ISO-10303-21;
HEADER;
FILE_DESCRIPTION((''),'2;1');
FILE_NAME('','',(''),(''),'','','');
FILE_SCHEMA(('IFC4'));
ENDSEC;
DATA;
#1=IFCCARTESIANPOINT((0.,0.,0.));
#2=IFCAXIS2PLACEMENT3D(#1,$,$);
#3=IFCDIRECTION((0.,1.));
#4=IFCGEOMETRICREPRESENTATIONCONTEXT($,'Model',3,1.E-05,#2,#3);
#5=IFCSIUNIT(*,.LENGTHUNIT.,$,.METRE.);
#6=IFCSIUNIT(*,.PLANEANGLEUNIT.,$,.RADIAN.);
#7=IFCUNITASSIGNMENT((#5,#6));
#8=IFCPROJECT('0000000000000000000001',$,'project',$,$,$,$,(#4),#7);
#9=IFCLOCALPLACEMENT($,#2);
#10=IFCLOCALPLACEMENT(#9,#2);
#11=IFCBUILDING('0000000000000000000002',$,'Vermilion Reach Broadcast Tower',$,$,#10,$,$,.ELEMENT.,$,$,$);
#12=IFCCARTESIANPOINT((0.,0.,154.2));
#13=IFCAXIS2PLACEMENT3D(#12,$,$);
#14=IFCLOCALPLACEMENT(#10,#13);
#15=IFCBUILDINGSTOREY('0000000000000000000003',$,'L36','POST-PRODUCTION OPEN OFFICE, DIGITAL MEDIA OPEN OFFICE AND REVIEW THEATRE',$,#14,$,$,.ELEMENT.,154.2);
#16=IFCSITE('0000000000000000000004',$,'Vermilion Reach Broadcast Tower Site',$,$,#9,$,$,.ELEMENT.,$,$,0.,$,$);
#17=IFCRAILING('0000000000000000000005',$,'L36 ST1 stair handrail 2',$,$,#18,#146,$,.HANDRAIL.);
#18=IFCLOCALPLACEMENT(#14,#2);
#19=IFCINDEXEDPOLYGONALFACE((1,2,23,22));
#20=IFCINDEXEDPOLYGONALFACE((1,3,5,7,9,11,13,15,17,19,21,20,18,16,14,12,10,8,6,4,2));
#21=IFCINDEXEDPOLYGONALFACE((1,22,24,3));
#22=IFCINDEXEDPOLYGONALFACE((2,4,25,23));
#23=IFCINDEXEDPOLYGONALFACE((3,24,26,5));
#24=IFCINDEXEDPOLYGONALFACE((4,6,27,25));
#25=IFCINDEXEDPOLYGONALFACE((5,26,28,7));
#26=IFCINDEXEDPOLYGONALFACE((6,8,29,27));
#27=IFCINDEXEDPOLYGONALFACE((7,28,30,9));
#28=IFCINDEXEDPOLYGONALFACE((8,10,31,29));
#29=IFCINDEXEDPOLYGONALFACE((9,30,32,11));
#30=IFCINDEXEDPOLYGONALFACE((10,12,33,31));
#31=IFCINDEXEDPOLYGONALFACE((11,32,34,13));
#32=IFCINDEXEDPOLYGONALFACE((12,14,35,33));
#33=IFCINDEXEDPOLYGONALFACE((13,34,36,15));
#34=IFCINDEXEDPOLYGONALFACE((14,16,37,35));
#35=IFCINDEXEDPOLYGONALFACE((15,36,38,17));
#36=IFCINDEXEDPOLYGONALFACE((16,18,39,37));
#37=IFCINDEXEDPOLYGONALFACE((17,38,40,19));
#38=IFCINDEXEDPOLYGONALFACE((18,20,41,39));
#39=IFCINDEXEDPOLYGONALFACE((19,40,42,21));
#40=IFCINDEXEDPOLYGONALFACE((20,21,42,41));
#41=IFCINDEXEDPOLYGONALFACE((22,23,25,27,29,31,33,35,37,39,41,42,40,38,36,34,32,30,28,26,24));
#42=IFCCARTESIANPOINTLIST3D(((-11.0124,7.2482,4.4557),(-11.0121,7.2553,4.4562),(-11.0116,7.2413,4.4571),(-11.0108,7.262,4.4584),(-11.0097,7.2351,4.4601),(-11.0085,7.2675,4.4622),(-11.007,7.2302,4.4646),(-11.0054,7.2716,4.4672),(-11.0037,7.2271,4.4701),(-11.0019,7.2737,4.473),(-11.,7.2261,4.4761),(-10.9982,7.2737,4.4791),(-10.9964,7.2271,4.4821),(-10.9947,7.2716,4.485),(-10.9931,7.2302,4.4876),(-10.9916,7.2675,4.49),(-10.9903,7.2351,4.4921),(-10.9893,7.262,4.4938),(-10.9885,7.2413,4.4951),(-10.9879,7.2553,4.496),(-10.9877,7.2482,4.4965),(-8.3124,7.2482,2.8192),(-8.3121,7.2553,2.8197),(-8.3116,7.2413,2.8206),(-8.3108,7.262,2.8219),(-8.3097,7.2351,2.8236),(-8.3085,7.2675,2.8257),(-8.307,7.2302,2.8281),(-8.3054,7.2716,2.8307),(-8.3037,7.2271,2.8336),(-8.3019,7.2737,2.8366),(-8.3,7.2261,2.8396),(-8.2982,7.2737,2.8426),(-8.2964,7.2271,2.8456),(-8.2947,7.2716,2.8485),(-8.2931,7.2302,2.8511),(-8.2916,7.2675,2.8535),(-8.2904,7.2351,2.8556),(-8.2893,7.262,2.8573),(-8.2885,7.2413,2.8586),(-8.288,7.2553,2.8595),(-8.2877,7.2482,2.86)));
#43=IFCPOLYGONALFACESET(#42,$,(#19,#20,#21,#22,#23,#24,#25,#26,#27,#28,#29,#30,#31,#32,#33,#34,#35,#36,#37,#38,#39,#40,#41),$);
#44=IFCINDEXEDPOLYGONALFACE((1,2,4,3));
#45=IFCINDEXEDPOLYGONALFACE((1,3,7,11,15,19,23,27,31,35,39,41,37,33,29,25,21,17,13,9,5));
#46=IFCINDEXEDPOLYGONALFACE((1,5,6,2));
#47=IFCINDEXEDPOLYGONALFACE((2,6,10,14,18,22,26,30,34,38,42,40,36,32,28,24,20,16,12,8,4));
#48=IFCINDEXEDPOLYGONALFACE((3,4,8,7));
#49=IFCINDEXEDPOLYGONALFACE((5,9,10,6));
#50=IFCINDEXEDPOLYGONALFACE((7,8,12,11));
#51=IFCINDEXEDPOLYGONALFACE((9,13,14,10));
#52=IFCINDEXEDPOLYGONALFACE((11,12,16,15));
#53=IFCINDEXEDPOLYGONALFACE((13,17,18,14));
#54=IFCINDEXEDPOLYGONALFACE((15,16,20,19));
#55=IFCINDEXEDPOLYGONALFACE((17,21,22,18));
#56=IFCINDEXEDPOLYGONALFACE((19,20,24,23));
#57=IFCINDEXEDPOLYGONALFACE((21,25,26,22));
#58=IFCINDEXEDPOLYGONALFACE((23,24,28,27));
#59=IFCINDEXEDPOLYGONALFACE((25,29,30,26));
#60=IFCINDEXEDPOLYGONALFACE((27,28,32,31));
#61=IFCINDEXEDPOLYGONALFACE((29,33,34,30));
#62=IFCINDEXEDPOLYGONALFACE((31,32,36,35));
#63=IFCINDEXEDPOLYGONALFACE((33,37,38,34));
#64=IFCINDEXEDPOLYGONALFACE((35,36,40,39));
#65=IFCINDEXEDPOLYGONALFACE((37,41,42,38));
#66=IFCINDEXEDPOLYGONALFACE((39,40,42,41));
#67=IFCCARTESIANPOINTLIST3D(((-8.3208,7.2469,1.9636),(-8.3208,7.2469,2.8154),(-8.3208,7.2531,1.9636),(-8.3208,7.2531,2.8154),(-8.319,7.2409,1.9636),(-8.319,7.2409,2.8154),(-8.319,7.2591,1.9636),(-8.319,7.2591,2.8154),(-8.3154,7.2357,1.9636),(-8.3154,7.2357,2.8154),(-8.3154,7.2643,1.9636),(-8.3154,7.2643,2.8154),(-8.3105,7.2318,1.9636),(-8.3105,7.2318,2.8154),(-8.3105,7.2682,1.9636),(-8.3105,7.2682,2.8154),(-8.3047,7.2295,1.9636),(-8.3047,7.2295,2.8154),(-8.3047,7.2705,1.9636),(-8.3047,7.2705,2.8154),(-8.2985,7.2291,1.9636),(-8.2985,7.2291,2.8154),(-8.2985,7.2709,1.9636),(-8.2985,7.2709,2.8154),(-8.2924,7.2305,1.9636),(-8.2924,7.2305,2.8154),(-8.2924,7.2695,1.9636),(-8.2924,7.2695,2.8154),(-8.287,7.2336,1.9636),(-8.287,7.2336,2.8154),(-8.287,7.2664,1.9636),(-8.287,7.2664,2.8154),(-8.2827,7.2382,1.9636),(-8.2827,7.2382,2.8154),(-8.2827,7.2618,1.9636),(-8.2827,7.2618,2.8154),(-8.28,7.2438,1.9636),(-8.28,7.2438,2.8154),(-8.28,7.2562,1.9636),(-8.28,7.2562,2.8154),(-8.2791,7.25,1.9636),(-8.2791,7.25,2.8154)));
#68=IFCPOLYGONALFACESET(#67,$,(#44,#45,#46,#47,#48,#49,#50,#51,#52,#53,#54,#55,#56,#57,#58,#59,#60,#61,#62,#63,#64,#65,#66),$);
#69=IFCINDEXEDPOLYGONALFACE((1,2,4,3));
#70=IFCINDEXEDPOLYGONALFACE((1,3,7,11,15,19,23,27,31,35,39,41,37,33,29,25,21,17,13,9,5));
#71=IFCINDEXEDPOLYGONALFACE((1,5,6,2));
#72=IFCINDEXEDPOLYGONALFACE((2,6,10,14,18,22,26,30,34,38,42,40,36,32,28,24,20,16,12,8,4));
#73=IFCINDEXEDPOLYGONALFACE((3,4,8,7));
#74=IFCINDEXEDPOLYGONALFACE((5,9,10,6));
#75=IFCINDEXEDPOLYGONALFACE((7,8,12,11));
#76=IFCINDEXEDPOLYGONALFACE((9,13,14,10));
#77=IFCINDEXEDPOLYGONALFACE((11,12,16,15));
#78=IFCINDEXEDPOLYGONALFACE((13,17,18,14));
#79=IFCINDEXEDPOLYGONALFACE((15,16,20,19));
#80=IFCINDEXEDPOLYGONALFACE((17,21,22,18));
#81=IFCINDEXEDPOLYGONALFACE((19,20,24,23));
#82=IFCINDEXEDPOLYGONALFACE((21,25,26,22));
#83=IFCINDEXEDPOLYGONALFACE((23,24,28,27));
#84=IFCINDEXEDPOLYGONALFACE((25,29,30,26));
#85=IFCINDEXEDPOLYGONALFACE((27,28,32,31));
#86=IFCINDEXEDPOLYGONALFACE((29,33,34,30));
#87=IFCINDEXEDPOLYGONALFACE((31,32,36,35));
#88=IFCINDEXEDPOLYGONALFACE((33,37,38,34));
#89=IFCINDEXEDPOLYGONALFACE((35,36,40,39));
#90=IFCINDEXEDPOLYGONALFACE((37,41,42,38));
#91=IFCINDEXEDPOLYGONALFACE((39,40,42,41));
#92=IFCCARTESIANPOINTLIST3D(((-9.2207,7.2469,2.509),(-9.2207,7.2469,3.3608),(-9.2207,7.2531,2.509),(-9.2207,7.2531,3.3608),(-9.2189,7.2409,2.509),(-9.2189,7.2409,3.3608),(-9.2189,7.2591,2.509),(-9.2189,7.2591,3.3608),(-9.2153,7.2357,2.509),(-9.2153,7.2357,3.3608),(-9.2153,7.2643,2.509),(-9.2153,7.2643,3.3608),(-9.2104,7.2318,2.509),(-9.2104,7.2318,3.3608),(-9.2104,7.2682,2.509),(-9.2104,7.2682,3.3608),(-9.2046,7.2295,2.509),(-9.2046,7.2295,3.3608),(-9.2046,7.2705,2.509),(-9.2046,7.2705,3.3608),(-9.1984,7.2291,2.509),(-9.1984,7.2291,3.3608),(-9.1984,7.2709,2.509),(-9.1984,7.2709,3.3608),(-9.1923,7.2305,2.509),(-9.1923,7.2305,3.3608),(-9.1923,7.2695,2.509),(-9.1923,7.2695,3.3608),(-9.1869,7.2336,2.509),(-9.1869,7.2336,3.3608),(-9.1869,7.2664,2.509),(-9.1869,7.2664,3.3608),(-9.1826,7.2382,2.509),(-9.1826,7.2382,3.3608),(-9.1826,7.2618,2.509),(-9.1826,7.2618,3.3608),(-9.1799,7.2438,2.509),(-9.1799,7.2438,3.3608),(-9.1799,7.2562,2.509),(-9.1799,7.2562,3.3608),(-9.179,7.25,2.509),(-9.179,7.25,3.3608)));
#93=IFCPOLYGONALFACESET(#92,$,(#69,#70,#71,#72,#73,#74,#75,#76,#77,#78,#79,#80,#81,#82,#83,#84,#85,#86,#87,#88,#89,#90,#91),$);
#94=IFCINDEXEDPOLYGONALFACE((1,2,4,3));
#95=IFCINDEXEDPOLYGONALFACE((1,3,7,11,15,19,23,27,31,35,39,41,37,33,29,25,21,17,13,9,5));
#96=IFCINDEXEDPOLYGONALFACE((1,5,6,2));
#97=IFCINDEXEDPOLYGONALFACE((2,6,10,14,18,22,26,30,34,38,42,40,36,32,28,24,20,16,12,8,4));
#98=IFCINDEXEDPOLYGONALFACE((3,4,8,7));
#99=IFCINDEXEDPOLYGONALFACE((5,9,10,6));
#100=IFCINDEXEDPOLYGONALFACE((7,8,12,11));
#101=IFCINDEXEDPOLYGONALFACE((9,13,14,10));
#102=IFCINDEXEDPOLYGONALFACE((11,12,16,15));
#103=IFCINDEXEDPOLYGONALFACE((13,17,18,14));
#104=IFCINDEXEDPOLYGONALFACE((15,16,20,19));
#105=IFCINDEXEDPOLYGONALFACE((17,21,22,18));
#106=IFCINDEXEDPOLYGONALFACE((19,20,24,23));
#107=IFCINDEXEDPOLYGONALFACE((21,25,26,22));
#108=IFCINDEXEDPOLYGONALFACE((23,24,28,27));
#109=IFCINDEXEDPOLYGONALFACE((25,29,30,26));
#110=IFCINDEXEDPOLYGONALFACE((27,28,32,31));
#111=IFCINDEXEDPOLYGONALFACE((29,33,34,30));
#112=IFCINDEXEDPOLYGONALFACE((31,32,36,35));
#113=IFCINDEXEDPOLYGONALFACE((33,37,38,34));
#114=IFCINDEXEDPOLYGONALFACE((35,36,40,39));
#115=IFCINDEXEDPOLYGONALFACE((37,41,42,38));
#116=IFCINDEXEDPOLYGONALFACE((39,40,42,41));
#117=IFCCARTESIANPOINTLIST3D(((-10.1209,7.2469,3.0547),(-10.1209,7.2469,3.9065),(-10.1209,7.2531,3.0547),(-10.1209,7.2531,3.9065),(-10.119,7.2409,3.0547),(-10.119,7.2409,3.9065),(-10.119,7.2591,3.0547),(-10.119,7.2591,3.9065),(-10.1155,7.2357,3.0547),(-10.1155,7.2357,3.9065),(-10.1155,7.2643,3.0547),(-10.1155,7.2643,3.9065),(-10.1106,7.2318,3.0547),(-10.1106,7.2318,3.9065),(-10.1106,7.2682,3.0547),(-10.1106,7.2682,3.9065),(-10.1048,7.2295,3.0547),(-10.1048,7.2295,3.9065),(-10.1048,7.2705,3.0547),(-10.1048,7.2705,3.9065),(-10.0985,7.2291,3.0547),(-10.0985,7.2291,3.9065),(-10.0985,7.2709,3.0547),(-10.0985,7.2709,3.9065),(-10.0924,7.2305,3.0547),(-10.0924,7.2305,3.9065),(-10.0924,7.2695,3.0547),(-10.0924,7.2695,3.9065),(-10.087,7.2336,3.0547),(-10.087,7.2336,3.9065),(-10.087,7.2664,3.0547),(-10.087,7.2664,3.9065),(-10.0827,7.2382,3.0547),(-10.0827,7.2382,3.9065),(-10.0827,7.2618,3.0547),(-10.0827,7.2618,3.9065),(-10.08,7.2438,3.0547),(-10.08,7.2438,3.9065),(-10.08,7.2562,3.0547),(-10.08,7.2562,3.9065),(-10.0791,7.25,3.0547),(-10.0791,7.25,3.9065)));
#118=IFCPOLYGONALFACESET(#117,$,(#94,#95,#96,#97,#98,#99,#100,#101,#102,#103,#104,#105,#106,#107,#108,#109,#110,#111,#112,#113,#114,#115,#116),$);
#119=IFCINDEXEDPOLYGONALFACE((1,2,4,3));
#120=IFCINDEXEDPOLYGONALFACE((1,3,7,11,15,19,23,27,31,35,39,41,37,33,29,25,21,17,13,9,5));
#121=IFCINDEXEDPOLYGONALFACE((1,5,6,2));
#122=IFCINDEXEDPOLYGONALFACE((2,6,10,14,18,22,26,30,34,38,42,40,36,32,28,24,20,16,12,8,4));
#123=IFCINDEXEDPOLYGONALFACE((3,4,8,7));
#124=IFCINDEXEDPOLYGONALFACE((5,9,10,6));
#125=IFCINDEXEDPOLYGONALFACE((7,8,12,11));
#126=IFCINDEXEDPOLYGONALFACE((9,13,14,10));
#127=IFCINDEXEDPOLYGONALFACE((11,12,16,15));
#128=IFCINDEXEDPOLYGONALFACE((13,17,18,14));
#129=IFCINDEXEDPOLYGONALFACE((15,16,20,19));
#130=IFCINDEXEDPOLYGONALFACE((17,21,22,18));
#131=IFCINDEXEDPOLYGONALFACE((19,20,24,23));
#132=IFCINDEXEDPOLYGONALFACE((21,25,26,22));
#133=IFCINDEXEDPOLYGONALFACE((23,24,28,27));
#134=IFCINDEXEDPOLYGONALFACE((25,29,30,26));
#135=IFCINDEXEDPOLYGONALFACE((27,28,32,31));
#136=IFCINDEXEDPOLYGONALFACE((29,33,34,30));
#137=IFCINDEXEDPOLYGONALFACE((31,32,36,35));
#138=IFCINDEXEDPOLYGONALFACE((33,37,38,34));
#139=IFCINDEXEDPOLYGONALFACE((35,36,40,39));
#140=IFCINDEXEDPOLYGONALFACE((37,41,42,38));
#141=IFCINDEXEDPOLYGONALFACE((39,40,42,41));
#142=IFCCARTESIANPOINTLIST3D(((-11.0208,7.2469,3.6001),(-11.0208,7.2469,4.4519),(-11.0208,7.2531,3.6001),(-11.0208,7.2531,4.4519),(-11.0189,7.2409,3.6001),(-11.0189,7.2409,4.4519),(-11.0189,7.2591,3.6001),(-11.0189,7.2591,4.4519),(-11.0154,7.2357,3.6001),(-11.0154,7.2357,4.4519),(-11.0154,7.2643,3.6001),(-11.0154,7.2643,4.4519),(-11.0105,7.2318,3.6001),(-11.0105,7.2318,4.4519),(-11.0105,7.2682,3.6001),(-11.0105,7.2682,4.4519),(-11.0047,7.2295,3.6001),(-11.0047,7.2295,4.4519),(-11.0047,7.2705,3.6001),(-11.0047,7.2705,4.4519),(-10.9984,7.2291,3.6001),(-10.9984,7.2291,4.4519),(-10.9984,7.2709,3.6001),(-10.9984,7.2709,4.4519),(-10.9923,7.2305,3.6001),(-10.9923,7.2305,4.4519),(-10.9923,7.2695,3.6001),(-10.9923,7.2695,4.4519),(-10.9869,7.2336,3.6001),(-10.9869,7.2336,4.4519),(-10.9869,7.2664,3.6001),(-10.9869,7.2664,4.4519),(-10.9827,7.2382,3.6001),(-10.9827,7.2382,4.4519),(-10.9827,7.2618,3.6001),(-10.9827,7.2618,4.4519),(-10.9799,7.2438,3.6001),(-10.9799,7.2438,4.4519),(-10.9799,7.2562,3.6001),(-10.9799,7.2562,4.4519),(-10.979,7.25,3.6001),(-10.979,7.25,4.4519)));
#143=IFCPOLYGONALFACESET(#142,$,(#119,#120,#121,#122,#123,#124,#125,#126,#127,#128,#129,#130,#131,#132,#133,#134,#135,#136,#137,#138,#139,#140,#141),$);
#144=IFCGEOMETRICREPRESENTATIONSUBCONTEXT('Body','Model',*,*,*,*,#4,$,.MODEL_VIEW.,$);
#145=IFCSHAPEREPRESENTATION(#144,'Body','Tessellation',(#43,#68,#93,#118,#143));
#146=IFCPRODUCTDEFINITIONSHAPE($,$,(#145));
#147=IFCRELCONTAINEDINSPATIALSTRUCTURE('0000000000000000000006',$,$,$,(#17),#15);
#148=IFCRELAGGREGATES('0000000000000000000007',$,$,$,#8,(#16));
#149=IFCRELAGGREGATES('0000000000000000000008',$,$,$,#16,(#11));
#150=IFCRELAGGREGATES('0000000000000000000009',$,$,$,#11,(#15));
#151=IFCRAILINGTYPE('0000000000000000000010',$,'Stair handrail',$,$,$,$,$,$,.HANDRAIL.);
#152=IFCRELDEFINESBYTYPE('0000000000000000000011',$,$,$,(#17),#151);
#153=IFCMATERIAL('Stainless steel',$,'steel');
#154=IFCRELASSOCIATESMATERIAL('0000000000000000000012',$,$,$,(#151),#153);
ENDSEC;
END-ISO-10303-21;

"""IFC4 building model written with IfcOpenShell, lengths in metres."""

from ifc_helpers import new_model, si_unit, direction, frame, origin, origin_2d, place, context, subcontext, project, spatial, circle, extrude, material, type_object, element, save


model = new_model("IFC4")

# Units and contexts
model_context = context("Model", 3, precision=1e-05, world=origin(), true_north=direction((0.0, 1.0)))
body_context = subcontext(model_context, "Body", "Model", "MODEL_VIEW")
ifc_project = project(units=[si_unit("LENGTHUNIT", "METRE"), si_unit("PLANEANGLEUNIT", "RADIAN")], contexts=[model_context])

# Site, building, storey
site_placement = place(None, origin())
site = spatial("IfcSite", under=ifc_project, at=site_placement, Name="Vermilion Reach Broadcast Tower Site", CompositionType="ELEMENT", RefElevation=0.0)
building_placement = place(site_placement, origin())
building = spatial("IfcBuilding", under=site, at=building_placement, Name="Vermilion Reach Broadcast Tower", CompositionType="ELEMENT")
storey_placement = place(building_placement, frame((0.0, 0.0, 154.2)))
storey = spatial("IfcBuildingStorey", under=building, at=storey_placement, Name="L36", Description="POST-PRODUCTION OPEN OFFICE, DIGITAL MEDIA OPEN OFFICE AND REVIEW THEATRE", CompositionType="ELEMENT", Elevation=154.2)

# Railing
ifc_material_1 = material(Name="Stainless steel", Category="steel")
railing_type_1 = type_object("IfcRailingType", Name="Stair handrail", PredefinedType="HANDRAIL", material=ifc_material_1)
railing_1_placement = place(storey_placement, frame((-8.3, 7.25, 1.9636)))
element("IfcRailing", 1, at=railing_1_placement, inside=storey, type_object=railing_type_1, Name="L36 ST1 stair handrail 2", PredefinedType="HANDRAIL", context=body_context, shape_type="SweptSolid", body=[
    extrude(circle(Radius=0.0239, at=origin_2d()), frame((0.0, 0.0, 0.876), z_axis=(-0.855178, 0.0, 0.518334), x_axis=(0.0, -1.0, 0.0)), (0.0, 0.0, 1.0), 3.1572),
    extrude(circle(Radius=0.021, at=origin_2d()), origin(), (0.0, 0.0, 1.0), 0.8518),
    extrude(circle(Radius=0.021, at=origin_2d()), frame((-0.8999, 0.0, 0.5454)), (0.0, 0.0, 1.0), 0.8518),
    extrude(circle(Radius=0.021, at=origin_2d()), frame((-1.8, 0.0, 1.0911)), (0.0, 0.0, 1.0), 0.8518),
    extrude(circle(Radius=0.021, at=origin_2d()), frame((-2.7, 0.0, 1.6365)), (0.0, 0.0, 1.0), 0.8518),
])

save(model, "model.ifc")
